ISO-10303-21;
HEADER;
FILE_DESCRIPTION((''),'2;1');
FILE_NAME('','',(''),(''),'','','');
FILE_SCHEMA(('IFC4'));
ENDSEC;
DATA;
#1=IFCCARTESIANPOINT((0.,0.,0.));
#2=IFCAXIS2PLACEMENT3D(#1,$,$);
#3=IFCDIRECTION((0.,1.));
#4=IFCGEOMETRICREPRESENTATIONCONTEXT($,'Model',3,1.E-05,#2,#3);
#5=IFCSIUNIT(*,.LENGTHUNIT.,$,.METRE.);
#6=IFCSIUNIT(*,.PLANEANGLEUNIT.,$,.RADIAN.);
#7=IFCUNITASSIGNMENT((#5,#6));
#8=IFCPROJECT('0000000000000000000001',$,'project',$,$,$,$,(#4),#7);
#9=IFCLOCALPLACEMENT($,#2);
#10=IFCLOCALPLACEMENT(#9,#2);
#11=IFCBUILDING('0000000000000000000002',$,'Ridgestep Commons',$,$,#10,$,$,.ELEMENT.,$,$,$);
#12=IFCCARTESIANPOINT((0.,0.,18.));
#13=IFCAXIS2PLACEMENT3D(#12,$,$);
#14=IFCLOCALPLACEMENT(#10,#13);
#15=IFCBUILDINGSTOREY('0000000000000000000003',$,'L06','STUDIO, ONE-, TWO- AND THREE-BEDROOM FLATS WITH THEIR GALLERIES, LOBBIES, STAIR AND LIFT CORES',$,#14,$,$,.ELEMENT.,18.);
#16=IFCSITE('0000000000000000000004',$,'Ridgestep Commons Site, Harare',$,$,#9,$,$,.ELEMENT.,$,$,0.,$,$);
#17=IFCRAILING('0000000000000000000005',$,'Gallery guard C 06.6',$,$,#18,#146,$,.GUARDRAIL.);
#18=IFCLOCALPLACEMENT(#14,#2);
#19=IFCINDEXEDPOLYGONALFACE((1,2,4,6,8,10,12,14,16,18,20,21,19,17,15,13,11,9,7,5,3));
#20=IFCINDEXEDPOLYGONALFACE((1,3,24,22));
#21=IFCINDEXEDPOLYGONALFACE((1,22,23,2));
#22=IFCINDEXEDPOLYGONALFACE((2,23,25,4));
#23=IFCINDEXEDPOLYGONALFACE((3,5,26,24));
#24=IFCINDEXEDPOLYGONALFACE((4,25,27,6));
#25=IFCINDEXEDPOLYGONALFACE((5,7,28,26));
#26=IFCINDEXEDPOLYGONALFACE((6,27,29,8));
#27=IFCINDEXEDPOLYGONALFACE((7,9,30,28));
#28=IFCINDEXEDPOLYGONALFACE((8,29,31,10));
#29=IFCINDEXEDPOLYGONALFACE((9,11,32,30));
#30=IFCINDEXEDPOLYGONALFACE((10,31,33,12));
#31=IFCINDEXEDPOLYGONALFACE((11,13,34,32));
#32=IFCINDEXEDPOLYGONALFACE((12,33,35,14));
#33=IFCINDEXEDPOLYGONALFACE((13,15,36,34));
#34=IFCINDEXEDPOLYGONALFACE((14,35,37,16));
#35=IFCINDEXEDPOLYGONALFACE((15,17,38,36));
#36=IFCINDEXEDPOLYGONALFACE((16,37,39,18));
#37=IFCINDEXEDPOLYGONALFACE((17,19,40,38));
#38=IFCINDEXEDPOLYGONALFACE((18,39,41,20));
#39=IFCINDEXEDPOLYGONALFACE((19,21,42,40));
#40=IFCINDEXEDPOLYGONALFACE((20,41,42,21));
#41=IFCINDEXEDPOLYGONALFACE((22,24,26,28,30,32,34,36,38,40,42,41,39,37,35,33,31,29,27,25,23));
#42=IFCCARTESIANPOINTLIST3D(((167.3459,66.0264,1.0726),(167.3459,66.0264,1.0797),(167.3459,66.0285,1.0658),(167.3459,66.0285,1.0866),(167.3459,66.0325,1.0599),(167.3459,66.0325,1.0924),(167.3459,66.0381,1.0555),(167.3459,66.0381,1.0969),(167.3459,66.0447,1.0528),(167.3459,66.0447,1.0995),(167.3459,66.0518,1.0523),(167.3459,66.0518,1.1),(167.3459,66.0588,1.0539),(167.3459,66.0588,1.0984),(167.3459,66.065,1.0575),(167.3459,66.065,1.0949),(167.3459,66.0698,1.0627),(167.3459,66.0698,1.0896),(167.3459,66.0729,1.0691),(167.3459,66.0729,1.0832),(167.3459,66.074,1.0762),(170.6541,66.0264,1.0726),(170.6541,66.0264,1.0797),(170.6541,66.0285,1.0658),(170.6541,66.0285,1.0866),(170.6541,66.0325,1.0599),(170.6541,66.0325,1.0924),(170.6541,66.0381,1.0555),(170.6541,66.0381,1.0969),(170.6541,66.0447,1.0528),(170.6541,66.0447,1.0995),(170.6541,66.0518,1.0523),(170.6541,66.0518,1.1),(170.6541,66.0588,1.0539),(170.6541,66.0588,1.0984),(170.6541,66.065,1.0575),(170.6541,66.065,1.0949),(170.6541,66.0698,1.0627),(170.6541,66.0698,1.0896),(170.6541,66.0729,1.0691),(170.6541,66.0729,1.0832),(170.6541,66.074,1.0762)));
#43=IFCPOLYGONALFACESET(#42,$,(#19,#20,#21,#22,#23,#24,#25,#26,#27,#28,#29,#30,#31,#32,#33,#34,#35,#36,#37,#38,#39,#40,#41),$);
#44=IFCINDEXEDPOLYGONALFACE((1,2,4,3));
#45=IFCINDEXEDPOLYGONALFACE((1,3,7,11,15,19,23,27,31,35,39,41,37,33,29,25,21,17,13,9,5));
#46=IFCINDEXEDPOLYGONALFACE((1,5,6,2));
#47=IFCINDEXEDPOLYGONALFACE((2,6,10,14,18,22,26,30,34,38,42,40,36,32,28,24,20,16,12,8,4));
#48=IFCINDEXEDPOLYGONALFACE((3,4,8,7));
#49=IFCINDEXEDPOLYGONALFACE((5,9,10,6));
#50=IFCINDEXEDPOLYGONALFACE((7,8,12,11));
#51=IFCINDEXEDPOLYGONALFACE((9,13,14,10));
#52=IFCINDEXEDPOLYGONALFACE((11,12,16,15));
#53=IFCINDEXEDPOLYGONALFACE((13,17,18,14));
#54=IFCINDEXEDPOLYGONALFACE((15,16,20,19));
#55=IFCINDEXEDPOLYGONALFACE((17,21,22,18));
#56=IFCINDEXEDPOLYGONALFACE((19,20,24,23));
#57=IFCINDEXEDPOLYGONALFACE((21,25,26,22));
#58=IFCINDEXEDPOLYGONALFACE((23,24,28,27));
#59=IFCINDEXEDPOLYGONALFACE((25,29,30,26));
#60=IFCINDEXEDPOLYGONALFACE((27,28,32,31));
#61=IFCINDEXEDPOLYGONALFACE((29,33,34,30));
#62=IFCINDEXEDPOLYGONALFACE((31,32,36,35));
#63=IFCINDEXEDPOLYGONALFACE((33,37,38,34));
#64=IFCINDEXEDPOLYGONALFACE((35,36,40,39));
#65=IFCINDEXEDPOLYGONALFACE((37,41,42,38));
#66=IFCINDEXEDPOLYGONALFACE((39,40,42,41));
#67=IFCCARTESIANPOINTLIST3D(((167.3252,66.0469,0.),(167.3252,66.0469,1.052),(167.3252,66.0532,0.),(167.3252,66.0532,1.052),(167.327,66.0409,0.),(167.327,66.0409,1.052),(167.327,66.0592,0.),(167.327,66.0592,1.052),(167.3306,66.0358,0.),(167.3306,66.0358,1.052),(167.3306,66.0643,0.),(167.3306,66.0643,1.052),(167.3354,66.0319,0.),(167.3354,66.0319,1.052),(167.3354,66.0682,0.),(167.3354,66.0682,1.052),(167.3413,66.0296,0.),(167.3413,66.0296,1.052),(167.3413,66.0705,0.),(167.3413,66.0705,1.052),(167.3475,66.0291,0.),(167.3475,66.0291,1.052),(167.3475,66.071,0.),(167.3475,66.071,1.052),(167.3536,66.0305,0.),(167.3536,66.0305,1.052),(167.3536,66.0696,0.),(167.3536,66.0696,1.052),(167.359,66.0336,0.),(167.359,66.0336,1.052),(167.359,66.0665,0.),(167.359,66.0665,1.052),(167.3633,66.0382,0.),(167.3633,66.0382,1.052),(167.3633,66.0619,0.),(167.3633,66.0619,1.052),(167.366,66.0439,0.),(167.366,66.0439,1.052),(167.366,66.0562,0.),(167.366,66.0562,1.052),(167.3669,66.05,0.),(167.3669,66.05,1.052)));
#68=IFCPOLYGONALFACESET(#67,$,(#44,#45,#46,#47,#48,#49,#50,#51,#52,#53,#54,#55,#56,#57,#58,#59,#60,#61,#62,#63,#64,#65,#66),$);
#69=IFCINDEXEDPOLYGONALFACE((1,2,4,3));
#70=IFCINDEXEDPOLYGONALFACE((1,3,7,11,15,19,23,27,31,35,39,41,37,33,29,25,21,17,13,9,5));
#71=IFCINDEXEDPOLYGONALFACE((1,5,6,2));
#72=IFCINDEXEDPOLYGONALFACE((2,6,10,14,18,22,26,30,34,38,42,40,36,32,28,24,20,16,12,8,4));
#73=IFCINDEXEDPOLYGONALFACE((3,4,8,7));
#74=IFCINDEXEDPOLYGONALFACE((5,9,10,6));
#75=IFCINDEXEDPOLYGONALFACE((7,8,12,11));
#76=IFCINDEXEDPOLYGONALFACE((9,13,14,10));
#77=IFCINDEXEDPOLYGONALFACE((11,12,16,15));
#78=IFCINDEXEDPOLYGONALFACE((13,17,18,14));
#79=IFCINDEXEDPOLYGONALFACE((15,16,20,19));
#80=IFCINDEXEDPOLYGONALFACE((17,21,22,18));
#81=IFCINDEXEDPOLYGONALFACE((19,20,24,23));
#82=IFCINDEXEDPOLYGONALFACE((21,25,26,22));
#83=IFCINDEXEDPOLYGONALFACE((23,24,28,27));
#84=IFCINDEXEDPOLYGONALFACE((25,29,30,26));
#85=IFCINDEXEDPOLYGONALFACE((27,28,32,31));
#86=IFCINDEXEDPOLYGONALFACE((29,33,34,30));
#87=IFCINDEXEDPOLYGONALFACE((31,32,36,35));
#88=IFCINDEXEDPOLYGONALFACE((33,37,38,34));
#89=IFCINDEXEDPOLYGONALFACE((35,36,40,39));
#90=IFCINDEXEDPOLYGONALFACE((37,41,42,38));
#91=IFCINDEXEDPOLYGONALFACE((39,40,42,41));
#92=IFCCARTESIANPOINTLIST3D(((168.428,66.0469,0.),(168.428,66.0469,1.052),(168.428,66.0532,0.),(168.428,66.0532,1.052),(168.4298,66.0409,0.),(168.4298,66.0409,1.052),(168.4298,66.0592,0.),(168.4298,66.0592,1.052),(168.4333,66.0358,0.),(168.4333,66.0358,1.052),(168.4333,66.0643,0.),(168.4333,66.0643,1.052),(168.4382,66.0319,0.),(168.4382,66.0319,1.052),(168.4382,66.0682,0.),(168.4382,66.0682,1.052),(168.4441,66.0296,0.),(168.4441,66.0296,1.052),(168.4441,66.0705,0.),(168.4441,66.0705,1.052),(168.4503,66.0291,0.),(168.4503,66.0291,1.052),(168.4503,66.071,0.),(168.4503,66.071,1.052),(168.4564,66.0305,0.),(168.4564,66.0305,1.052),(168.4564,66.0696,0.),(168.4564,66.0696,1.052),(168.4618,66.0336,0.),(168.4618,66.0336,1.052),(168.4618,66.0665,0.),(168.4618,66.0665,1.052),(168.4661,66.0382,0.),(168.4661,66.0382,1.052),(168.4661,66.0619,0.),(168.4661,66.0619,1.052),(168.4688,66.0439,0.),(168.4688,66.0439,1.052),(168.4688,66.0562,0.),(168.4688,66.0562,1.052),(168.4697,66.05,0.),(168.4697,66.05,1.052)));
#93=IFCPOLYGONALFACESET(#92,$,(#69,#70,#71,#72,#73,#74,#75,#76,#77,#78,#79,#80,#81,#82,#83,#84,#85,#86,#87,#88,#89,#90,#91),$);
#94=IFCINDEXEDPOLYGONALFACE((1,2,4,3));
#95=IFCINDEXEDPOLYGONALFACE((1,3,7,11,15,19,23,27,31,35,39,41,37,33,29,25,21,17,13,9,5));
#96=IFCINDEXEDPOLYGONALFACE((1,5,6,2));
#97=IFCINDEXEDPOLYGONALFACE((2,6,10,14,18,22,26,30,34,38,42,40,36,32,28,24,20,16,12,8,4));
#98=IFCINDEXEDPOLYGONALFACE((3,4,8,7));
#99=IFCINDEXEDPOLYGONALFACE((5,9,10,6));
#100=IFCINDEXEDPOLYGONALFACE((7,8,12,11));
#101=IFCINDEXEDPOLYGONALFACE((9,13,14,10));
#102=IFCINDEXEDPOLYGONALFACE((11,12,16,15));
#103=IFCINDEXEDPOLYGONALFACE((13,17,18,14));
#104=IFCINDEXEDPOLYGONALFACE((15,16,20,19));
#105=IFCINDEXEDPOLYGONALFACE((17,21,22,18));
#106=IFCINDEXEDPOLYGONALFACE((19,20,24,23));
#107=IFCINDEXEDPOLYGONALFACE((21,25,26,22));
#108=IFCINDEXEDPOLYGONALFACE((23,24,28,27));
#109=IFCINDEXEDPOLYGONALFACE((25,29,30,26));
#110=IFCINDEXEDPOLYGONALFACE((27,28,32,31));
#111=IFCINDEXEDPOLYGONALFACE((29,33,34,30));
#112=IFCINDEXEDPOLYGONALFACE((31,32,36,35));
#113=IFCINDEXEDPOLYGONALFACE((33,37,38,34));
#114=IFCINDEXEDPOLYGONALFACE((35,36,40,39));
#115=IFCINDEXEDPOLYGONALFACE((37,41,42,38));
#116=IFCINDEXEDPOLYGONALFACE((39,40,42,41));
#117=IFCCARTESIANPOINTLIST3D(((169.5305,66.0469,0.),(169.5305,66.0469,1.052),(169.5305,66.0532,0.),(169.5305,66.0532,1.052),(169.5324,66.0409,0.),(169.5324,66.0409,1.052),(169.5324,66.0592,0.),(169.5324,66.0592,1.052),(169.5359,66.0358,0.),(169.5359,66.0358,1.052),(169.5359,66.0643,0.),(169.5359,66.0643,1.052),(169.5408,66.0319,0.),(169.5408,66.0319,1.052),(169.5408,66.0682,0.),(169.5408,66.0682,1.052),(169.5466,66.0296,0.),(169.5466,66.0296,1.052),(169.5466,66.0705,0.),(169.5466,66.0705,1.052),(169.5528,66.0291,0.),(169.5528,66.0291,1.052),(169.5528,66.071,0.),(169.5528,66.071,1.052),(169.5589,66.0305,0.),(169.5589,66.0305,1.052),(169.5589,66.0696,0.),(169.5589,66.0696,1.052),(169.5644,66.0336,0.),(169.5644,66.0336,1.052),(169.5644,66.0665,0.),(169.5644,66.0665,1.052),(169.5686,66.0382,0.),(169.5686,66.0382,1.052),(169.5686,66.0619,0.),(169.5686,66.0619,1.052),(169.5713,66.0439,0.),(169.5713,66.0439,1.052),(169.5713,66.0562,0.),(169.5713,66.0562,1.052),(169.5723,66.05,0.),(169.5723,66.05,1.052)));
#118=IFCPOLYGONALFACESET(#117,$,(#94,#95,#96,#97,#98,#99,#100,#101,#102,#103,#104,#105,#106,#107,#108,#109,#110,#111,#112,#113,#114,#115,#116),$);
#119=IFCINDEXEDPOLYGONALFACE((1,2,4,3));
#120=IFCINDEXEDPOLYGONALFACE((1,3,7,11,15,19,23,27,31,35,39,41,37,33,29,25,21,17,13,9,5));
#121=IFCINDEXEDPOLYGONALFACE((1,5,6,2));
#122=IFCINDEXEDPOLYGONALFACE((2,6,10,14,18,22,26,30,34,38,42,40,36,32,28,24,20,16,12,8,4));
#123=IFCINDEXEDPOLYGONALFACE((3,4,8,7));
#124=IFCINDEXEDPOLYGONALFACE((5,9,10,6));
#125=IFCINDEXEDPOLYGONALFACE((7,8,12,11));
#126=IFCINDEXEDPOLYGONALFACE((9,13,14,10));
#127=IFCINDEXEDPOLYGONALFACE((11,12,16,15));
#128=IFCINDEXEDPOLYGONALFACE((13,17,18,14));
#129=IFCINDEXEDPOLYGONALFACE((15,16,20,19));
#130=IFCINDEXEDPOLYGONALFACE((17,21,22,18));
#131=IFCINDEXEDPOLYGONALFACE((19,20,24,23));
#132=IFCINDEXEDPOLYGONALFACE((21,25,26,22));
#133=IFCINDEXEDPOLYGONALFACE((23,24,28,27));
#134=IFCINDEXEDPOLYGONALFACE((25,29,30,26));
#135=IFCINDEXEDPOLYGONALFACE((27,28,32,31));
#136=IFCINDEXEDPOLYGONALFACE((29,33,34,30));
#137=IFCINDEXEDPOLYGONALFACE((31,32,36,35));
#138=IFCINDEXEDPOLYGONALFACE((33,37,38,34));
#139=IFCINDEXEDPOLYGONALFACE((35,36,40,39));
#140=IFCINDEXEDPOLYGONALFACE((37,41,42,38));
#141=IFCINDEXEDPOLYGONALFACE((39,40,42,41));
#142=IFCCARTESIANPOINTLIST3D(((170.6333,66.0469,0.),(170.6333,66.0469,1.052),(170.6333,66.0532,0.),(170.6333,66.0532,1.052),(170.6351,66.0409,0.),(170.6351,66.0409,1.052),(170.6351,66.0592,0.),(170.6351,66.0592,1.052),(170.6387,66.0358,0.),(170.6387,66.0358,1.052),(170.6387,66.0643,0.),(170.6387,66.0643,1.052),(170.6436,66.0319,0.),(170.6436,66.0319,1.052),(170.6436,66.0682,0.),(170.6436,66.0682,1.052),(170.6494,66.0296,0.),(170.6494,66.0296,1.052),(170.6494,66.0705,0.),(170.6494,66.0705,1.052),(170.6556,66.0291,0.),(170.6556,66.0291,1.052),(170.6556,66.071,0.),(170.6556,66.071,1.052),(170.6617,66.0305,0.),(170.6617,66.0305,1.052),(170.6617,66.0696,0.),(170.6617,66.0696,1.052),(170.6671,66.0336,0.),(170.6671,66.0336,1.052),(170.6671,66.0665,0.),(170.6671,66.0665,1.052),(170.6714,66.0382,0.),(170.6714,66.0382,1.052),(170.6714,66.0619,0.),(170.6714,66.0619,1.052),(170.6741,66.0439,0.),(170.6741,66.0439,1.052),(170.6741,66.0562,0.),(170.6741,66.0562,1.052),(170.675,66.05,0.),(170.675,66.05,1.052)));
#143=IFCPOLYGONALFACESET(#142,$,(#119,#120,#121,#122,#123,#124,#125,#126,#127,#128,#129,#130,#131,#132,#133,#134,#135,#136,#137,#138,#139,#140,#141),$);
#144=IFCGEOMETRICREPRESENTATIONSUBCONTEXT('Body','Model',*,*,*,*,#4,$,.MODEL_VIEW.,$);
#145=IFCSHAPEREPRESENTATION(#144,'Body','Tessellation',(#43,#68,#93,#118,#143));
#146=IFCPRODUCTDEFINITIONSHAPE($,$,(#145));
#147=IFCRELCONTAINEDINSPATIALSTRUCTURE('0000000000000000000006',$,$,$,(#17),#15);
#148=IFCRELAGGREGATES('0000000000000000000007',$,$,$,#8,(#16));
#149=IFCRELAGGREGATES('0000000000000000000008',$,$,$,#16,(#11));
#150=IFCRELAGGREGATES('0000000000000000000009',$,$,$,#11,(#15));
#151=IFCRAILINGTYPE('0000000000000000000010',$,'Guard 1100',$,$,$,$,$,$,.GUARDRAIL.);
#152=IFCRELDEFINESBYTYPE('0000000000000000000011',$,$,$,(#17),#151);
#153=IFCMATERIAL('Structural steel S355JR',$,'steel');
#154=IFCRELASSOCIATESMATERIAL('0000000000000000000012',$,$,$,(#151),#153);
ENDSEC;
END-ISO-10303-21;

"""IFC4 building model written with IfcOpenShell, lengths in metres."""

from ifc_helpers import new_model, si_unit, direction, frame, origin, origin_2d, place, context, subcontext, project, spatial, circle, extrude, material, type_object, element, save


model = new_model("IFC4")

# Units and contexts
model_context = context("Model", 3, precision=1e-05, world=origin(), true_north=direction((0.0, 1.0)))
body_context = subcontext(model_context, "Body", "Model", "MODEL_VIEW")
ifc_project = project(units=[si_unit("LENGTHUNIT", "METRE"), si_unit("PLANEANGLEUNIT", "RADIAN")], contexts=[model_context])

# Site, building, storey
site_placement = place(None, origin())
site = spatial("IfcSite", under=ifc_project, at=site_placement, Name="Ridgestep Commons Site, Harare", CompositionType="ELEMENT", RefElevation=0.0)
building_placement = place(site_placement, origin())
building = spatial("IfcBuilding", under=site, at=building_placement, Name="Ridgestep Commons", CompositionType="ELEMENT")
storey_placement = place(building_placement, frame((0.0, 0.0, 18.0)))
storey = spatial("IfcBuildingStorey", under=building, at=storey_placement, Name="L06", Description="STUDIO, ONE-, TWO- AND THREE-BEDROOM FLATS WITH THEIR GALLERIES, LOBBIES, STAIR AND LIFT CORES", CompositionType="ELEMENT", Elevation=18.0)

# Railing
ifc_material_1 = material(Name="Structural steel S355JR", Category="steel")
railing_type = type_object("IfcRailingType", Name="Guard 1100", PredefinedType="GUARDRAIL", material=ifc_material_1)
railing_1_placement = place(storey_placement, frame((167.3459, 66.05, 0.0)))
element("IfcRailing", 1, at=railing_1_placement, inside=storey, type_object=railing_type, Name="Gallery guard C 06.6", PredefinedType="GUARDRAIL", context=body_context, shape_type="SweptSolid", body=[
    extrude(circle(Radius=0.0239, at=origin_2d()), frame((0.0, 0.0, 1.0762), z_axis=(1.0, 0.0, 0.0), x_axis=(0.0, 1.0, 0.0)), (0.0, 0.0, 1.0), 3.3081),
    extrude(circle(Radius=0.021, at=origin_2d()), origin(), (0.0, 0.0, 1.0), 1.052),
    extrude(circle(Radius=0.021, at=origin_2d()), frame((1.1028, 0.0, 0.0)), (0.0, 0.0, 1.0), 1.052),
    extrude(circle(Radius=0.021, at=origin_2d()), frame((2.2053, 0.0, 0.0)), (0.0, 0.0, 1.0), 1.052),
    extrude(circle(Radius=0.021, at=origin_2d()), frame((3.3081, 0.0, 0.0)), (0.0, 0.0, 1.0), 1.052),
])

save(model, "model.ifc")
